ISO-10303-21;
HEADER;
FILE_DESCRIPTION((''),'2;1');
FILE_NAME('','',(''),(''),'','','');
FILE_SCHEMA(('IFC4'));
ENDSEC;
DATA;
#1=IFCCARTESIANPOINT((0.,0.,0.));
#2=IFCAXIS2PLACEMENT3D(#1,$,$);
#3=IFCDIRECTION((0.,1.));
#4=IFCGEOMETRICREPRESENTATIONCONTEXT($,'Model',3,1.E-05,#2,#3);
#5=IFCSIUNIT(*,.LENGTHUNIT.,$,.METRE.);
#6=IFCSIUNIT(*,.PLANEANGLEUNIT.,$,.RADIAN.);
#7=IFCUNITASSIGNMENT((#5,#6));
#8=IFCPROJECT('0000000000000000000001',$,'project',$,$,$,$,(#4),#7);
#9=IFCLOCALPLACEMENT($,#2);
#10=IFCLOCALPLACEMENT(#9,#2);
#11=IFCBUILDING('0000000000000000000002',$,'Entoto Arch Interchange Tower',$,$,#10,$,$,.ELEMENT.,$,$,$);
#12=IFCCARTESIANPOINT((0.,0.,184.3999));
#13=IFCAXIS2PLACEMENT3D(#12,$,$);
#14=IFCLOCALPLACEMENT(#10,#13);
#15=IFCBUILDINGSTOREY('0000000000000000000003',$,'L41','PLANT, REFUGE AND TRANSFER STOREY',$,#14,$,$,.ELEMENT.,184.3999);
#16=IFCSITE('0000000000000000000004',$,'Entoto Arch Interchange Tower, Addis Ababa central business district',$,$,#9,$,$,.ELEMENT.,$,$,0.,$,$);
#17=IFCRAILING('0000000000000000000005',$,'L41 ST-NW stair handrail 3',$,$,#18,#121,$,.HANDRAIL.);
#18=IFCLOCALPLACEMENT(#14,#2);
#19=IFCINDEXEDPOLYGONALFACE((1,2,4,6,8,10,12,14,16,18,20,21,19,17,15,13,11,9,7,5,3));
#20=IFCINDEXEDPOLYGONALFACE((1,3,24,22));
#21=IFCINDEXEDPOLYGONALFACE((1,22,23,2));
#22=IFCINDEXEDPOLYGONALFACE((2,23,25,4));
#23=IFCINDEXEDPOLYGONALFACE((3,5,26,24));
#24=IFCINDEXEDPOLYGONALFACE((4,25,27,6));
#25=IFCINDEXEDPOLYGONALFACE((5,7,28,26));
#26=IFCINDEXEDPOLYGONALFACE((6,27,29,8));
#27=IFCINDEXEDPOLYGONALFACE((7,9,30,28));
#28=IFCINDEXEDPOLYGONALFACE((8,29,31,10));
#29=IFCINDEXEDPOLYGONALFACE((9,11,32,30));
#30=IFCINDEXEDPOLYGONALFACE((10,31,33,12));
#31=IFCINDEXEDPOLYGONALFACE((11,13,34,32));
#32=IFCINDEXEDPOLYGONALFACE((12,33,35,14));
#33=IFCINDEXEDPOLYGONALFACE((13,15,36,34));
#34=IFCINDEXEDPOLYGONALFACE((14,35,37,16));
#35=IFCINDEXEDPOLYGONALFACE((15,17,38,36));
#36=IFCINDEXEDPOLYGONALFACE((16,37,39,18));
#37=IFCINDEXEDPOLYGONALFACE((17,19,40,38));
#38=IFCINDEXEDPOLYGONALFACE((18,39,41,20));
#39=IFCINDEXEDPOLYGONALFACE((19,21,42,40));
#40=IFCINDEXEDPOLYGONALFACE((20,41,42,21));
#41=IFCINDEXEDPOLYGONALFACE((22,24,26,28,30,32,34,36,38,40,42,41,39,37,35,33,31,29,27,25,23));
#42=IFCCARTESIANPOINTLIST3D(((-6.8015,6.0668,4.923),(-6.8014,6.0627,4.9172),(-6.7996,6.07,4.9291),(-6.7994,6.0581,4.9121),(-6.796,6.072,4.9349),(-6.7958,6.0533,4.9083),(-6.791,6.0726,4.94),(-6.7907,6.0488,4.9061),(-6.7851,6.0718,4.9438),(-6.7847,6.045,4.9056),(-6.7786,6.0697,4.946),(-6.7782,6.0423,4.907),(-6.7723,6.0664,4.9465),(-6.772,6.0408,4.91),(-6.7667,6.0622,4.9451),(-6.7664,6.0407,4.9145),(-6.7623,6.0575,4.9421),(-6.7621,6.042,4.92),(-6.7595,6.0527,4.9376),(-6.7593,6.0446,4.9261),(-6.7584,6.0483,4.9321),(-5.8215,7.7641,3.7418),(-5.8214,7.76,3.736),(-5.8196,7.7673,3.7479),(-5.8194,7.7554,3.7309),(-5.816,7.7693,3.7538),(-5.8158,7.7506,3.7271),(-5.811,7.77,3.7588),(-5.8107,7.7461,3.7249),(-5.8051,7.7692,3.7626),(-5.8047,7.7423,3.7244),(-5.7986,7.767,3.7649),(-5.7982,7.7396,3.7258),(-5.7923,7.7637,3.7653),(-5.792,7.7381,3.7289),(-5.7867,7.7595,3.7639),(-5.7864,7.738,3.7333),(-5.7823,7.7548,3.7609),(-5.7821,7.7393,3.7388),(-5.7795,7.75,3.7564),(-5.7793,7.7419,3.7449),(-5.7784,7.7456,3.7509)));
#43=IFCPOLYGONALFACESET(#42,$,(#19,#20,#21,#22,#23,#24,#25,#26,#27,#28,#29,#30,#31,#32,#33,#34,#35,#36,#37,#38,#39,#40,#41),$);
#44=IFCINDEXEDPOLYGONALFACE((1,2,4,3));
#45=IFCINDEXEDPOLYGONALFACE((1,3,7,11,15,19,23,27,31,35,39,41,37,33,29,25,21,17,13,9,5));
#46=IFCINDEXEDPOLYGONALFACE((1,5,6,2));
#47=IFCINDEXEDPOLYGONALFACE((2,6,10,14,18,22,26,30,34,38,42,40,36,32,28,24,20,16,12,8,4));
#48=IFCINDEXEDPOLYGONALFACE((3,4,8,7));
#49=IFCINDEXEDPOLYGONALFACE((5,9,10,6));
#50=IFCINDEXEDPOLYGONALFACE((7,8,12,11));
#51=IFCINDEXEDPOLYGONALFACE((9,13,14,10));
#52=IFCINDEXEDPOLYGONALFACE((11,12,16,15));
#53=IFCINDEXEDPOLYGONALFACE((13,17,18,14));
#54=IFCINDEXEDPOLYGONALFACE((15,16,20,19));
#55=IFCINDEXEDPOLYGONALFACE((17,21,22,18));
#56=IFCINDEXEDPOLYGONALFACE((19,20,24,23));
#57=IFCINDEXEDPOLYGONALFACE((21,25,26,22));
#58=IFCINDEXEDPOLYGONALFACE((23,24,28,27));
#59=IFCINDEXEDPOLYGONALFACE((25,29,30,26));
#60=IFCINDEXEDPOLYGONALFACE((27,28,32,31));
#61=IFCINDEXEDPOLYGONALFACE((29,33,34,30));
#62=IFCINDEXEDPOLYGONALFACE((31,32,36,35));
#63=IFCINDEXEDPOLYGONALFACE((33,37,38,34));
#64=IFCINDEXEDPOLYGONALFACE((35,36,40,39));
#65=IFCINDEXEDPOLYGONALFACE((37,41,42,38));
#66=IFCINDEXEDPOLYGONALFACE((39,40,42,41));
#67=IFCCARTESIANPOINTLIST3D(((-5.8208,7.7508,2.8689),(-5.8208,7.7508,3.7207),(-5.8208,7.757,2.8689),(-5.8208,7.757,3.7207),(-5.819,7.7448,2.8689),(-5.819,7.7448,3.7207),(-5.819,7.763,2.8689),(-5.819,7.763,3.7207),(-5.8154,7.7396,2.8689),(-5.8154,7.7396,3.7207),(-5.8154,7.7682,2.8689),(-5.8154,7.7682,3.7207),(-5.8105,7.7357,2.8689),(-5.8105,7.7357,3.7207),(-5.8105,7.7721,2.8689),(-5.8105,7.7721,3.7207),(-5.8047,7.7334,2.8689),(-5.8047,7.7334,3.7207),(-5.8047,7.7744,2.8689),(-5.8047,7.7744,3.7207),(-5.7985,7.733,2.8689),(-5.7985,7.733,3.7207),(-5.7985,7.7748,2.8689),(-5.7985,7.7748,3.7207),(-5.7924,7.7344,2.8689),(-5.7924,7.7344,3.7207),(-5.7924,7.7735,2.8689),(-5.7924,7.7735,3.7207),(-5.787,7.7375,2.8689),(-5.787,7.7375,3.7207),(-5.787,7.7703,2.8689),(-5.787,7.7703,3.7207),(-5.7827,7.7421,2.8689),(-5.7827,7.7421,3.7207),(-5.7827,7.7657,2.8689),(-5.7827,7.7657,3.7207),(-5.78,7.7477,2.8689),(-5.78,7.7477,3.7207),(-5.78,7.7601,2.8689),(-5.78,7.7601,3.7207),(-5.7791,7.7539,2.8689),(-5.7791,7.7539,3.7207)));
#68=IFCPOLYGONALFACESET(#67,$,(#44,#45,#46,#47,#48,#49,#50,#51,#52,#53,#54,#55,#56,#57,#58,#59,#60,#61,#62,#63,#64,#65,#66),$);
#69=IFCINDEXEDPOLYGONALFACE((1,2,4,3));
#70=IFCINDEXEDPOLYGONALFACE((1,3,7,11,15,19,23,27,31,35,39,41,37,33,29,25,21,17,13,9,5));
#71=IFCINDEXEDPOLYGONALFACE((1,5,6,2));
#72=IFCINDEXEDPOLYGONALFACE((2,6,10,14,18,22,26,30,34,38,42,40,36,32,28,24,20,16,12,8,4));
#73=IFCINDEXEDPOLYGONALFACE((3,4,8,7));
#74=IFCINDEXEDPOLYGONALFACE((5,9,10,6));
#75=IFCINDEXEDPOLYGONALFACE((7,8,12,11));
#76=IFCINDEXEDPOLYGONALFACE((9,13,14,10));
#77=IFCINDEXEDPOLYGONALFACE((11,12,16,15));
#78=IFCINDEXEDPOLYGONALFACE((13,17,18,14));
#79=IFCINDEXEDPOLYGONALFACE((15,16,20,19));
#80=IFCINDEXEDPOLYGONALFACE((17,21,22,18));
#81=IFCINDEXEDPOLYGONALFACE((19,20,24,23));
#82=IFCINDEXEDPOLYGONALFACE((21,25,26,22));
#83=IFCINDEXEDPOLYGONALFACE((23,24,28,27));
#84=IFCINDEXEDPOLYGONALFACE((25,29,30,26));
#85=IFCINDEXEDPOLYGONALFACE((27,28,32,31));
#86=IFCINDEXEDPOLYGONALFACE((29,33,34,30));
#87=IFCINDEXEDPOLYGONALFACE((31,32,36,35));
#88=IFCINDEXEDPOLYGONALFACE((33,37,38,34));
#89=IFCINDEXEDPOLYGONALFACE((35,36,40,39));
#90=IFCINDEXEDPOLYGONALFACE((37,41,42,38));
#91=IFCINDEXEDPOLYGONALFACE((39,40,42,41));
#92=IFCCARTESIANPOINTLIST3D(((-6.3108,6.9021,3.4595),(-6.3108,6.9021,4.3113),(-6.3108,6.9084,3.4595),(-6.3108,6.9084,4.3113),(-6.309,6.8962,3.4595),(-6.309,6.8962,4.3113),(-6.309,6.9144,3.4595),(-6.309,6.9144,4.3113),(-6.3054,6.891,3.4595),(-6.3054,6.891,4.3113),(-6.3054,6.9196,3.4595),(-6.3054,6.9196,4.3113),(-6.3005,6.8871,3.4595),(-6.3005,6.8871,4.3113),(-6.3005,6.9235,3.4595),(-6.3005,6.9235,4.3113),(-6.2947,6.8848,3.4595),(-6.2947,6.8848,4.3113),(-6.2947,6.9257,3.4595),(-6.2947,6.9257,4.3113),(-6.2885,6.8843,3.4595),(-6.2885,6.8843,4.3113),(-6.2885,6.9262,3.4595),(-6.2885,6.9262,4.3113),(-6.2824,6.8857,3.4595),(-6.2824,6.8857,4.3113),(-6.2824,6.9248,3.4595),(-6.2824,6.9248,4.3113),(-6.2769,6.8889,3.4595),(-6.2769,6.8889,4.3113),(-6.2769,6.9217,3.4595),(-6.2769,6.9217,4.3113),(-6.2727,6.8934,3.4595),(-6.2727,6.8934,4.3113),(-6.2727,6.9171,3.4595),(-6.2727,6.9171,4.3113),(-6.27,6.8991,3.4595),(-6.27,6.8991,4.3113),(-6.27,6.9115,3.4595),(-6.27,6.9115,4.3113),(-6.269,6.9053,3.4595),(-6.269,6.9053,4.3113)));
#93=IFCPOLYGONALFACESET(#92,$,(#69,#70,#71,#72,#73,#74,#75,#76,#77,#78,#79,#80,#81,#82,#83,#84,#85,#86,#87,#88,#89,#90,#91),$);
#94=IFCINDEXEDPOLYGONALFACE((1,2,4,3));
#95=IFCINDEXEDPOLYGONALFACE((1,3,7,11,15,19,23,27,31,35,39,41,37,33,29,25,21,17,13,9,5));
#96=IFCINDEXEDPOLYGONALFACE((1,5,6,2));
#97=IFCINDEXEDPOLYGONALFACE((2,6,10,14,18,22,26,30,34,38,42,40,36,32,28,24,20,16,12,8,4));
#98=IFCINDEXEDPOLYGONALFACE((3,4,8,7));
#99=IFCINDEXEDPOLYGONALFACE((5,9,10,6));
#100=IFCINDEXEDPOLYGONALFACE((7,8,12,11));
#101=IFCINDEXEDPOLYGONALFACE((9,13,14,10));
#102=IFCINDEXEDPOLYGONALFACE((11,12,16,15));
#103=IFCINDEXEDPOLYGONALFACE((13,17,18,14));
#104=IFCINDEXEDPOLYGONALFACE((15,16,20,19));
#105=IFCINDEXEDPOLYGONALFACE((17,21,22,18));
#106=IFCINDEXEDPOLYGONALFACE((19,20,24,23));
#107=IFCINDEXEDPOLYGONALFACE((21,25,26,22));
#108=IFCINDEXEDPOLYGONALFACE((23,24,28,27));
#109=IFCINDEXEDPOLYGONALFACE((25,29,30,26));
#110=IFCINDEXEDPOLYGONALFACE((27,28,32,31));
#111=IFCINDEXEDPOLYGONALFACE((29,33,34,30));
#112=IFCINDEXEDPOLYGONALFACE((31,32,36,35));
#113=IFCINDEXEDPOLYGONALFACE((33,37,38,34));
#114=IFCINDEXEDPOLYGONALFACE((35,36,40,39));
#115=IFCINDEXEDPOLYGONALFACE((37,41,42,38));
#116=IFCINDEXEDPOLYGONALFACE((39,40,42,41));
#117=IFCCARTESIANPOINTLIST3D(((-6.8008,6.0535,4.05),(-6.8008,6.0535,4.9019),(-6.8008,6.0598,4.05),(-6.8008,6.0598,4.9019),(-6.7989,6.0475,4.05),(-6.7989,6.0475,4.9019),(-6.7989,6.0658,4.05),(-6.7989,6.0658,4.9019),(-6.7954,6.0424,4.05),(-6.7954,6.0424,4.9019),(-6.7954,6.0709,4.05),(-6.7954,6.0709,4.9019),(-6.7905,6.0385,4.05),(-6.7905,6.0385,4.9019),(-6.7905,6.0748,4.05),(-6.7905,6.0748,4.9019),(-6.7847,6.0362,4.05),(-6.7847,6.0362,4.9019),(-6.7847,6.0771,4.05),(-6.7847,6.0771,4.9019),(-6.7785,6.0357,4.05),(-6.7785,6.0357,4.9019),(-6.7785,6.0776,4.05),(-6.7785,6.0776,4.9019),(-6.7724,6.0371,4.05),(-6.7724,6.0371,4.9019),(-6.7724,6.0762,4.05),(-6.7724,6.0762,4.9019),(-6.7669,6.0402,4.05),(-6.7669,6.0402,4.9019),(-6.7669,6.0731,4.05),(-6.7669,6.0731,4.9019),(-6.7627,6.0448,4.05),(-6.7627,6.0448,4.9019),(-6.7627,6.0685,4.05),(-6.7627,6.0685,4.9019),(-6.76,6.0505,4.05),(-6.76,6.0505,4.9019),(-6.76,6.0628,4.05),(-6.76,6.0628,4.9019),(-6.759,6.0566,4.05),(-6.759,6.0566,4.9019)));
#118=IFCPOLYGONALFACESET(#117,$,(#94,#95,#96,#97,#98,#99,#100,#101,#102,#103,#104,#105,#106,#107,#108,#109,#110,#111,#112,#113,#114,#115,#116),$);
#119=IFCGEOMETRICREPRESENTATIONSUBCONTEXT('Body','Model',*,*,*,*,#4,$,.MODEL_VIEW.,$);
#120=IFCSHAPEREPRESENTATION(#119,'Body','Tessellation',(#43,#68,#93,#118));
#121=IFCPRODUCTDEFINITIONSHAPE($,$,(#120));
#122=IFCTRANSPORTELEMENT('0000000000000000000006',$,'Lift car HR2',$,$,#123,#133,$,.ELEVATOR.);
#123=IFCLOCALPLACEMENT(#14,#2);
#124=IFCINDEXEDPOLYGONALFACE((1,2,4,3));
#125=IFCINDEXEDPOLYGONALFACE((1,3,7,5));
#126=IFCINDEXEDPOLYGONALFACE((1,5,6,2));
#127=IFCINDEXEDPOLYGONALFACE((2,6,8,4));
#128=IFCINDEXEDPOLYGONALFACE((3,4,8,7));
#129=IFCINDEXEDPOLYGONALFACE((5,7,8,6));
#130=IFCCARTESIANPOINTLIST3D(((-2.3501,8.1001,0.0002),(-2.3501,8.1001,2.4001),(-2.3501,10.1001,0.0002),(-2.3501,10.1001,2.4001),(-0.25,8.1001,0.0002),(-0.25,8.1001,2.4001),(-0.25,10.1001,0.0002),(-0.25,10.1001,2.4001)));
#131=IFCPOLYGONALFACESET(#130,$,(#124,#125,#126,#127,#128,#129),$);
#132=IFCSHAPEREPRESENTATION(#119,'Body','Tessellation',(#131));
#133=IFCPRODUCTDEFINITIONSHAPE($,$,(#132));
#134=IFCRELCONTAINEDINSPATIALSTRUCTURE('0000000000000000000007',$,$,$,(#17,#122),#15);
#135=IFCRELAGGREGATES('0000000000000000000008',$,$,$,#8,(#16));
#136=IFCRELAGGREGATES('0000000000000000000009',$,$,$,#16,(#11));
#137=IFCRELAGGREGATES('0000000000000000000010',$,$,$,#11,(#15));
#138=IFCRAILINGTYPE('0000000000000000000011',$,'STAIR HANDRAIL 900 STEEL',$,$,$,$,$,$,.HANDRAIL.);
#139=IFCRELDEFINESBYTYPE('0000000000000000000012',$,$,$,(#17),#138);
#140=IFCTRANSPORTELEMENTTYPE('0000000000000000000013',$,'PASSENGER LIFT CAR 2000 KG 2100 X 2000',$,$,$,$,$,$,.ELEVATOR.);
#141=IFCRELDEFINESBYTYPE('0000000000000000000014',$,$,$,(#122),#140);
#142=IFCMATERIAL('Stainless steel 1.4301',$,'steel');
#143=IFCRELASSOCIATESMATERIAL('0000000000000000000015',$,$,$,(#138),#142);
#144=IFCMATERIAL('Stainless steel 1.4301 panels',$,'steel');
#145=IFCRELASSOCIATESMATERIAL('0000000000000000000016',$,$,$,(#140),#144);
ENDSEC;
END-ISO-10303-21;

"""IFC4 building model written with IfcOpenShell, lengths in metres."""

from ifc_helpers import new_model, si_unit, direction, frame, origin, origin_2d, place, context, subcontext, project, spatial, rectangle, circle, extrude, material, type_object, element, save


model = new_model("IFC4")

# Units and contexts
model_context = context("Model", 3, precision=1e-05, world=origin(), true_north=direction((0.0, 1.0)))
body_context = subcontext(model_context, "Body", "Model", "MODEL_VIEW")
ifc_project = project(units=[si_unit("LENGTHUNIT", "METRE"), si_unit("PLANEANGLEUNIT", "RADIAN")], contexts=[model_context])

# Site, building, storey
site_placement = place(None, origin())
site = spatial("IfcSite", under=ifc_project, at=site_placement, Name="Entoto Arch Interchange Tower, Addis Ababa central business district", CompositionType="ELEMENT", RefElevation=0.0)
building_placement = place(site_placement, origin())
building = spatial("IfcBuilding", under=site, at=building_placement, Name="Entoto Arch Interchange Tower", CompositionType="ELEMENT")
storey_placement = place(building_placement, frame((0.0, 0.0, 184.3999)))
storey = spatial("IfcBuildingStorey", under=building, at=storey_placement, Name="L41", Description="PLANT, REFUGE AND TRANSFER STOREY", CompositionType="ELEMENT", Elevation=184.3999)

# Railing
ifc_material_1 = material(Name="Stainless steel 1.4301", Category="steel")
railing_type = type_object("IfcRailingType", Name="STAIR HANDRAIL 900 STEEL", PredefinedType="HANDRAIL", material=ifc_material_1)
for number, where, name in (
    (1, (-5.8, 7.7539, 2.8689), "L41 ST-NW stair handrail 3"),
):
    element("IfcRailing", number, at=place(storey_placement, frame(where)), inside=storey, type_object=railing_type, Name=name, PredefinedType="HANDRAIL", context=body_context, shape_type="SweptSolid", body=[
        extrude(circle(Radius=0.0239, at=origin_2d()), frame((0.0, 0.0, 0.876), z_axis=(-0.428262, -0.741723, 0.516176), x_axis=(0.866011, -0.500024, 0.0)), (0.0, 0.0, 1.0), 2.2883),
        extrude(circle(Radius=0.021, at=origin_2d()), origin(), (0.0, 0.0, 1.0), 0.8518),
        extrude(circle(Radius=0.021, at=origin_2d()), frame((-0.49, -0.8486, 0.5906)), (0.0, 0.0, 1.0), 0.8518),
        extrude(circle(Radius=0.021, at=origin_2d()), frame((-0.98, -1.6973, 1.1812)), (0.0, 0.0, 1.0), 0.8518),
    ])

# Transport element
ifc_material_2 = material(Name="Stainless steel 1.4301 panels", Category="steel")
transport_element_type = type_object("IfcTransportElementType", Name="PASSENGER LIFT CAR 2000 KG 2100 X 2000", PredefinedType="ELEVATOR", material=ifc_material_2)
transport_element_placement = place(storey_placement, frame((-1.3, 9.1001, 0.0002), z_axis=(0.0, 0.0, 1.0), x_axis=(1.0, 0.0, 0.0)))
element("IfcTransportElement", 2, at=transport_element_placement, inside=storey, type_object=transport_element_type, Name="Lift car HR2", PredefinedType="ELEVATOR", context=body_context, shape_type="SweptSolid", body=[
    extrude(rectangle(XDim=2.1001, YDim=2.0, at=origin_2d()), origin(), (0.0, 0.0, 1.0), 2.3999),
])

save(model, "model.ifc")
